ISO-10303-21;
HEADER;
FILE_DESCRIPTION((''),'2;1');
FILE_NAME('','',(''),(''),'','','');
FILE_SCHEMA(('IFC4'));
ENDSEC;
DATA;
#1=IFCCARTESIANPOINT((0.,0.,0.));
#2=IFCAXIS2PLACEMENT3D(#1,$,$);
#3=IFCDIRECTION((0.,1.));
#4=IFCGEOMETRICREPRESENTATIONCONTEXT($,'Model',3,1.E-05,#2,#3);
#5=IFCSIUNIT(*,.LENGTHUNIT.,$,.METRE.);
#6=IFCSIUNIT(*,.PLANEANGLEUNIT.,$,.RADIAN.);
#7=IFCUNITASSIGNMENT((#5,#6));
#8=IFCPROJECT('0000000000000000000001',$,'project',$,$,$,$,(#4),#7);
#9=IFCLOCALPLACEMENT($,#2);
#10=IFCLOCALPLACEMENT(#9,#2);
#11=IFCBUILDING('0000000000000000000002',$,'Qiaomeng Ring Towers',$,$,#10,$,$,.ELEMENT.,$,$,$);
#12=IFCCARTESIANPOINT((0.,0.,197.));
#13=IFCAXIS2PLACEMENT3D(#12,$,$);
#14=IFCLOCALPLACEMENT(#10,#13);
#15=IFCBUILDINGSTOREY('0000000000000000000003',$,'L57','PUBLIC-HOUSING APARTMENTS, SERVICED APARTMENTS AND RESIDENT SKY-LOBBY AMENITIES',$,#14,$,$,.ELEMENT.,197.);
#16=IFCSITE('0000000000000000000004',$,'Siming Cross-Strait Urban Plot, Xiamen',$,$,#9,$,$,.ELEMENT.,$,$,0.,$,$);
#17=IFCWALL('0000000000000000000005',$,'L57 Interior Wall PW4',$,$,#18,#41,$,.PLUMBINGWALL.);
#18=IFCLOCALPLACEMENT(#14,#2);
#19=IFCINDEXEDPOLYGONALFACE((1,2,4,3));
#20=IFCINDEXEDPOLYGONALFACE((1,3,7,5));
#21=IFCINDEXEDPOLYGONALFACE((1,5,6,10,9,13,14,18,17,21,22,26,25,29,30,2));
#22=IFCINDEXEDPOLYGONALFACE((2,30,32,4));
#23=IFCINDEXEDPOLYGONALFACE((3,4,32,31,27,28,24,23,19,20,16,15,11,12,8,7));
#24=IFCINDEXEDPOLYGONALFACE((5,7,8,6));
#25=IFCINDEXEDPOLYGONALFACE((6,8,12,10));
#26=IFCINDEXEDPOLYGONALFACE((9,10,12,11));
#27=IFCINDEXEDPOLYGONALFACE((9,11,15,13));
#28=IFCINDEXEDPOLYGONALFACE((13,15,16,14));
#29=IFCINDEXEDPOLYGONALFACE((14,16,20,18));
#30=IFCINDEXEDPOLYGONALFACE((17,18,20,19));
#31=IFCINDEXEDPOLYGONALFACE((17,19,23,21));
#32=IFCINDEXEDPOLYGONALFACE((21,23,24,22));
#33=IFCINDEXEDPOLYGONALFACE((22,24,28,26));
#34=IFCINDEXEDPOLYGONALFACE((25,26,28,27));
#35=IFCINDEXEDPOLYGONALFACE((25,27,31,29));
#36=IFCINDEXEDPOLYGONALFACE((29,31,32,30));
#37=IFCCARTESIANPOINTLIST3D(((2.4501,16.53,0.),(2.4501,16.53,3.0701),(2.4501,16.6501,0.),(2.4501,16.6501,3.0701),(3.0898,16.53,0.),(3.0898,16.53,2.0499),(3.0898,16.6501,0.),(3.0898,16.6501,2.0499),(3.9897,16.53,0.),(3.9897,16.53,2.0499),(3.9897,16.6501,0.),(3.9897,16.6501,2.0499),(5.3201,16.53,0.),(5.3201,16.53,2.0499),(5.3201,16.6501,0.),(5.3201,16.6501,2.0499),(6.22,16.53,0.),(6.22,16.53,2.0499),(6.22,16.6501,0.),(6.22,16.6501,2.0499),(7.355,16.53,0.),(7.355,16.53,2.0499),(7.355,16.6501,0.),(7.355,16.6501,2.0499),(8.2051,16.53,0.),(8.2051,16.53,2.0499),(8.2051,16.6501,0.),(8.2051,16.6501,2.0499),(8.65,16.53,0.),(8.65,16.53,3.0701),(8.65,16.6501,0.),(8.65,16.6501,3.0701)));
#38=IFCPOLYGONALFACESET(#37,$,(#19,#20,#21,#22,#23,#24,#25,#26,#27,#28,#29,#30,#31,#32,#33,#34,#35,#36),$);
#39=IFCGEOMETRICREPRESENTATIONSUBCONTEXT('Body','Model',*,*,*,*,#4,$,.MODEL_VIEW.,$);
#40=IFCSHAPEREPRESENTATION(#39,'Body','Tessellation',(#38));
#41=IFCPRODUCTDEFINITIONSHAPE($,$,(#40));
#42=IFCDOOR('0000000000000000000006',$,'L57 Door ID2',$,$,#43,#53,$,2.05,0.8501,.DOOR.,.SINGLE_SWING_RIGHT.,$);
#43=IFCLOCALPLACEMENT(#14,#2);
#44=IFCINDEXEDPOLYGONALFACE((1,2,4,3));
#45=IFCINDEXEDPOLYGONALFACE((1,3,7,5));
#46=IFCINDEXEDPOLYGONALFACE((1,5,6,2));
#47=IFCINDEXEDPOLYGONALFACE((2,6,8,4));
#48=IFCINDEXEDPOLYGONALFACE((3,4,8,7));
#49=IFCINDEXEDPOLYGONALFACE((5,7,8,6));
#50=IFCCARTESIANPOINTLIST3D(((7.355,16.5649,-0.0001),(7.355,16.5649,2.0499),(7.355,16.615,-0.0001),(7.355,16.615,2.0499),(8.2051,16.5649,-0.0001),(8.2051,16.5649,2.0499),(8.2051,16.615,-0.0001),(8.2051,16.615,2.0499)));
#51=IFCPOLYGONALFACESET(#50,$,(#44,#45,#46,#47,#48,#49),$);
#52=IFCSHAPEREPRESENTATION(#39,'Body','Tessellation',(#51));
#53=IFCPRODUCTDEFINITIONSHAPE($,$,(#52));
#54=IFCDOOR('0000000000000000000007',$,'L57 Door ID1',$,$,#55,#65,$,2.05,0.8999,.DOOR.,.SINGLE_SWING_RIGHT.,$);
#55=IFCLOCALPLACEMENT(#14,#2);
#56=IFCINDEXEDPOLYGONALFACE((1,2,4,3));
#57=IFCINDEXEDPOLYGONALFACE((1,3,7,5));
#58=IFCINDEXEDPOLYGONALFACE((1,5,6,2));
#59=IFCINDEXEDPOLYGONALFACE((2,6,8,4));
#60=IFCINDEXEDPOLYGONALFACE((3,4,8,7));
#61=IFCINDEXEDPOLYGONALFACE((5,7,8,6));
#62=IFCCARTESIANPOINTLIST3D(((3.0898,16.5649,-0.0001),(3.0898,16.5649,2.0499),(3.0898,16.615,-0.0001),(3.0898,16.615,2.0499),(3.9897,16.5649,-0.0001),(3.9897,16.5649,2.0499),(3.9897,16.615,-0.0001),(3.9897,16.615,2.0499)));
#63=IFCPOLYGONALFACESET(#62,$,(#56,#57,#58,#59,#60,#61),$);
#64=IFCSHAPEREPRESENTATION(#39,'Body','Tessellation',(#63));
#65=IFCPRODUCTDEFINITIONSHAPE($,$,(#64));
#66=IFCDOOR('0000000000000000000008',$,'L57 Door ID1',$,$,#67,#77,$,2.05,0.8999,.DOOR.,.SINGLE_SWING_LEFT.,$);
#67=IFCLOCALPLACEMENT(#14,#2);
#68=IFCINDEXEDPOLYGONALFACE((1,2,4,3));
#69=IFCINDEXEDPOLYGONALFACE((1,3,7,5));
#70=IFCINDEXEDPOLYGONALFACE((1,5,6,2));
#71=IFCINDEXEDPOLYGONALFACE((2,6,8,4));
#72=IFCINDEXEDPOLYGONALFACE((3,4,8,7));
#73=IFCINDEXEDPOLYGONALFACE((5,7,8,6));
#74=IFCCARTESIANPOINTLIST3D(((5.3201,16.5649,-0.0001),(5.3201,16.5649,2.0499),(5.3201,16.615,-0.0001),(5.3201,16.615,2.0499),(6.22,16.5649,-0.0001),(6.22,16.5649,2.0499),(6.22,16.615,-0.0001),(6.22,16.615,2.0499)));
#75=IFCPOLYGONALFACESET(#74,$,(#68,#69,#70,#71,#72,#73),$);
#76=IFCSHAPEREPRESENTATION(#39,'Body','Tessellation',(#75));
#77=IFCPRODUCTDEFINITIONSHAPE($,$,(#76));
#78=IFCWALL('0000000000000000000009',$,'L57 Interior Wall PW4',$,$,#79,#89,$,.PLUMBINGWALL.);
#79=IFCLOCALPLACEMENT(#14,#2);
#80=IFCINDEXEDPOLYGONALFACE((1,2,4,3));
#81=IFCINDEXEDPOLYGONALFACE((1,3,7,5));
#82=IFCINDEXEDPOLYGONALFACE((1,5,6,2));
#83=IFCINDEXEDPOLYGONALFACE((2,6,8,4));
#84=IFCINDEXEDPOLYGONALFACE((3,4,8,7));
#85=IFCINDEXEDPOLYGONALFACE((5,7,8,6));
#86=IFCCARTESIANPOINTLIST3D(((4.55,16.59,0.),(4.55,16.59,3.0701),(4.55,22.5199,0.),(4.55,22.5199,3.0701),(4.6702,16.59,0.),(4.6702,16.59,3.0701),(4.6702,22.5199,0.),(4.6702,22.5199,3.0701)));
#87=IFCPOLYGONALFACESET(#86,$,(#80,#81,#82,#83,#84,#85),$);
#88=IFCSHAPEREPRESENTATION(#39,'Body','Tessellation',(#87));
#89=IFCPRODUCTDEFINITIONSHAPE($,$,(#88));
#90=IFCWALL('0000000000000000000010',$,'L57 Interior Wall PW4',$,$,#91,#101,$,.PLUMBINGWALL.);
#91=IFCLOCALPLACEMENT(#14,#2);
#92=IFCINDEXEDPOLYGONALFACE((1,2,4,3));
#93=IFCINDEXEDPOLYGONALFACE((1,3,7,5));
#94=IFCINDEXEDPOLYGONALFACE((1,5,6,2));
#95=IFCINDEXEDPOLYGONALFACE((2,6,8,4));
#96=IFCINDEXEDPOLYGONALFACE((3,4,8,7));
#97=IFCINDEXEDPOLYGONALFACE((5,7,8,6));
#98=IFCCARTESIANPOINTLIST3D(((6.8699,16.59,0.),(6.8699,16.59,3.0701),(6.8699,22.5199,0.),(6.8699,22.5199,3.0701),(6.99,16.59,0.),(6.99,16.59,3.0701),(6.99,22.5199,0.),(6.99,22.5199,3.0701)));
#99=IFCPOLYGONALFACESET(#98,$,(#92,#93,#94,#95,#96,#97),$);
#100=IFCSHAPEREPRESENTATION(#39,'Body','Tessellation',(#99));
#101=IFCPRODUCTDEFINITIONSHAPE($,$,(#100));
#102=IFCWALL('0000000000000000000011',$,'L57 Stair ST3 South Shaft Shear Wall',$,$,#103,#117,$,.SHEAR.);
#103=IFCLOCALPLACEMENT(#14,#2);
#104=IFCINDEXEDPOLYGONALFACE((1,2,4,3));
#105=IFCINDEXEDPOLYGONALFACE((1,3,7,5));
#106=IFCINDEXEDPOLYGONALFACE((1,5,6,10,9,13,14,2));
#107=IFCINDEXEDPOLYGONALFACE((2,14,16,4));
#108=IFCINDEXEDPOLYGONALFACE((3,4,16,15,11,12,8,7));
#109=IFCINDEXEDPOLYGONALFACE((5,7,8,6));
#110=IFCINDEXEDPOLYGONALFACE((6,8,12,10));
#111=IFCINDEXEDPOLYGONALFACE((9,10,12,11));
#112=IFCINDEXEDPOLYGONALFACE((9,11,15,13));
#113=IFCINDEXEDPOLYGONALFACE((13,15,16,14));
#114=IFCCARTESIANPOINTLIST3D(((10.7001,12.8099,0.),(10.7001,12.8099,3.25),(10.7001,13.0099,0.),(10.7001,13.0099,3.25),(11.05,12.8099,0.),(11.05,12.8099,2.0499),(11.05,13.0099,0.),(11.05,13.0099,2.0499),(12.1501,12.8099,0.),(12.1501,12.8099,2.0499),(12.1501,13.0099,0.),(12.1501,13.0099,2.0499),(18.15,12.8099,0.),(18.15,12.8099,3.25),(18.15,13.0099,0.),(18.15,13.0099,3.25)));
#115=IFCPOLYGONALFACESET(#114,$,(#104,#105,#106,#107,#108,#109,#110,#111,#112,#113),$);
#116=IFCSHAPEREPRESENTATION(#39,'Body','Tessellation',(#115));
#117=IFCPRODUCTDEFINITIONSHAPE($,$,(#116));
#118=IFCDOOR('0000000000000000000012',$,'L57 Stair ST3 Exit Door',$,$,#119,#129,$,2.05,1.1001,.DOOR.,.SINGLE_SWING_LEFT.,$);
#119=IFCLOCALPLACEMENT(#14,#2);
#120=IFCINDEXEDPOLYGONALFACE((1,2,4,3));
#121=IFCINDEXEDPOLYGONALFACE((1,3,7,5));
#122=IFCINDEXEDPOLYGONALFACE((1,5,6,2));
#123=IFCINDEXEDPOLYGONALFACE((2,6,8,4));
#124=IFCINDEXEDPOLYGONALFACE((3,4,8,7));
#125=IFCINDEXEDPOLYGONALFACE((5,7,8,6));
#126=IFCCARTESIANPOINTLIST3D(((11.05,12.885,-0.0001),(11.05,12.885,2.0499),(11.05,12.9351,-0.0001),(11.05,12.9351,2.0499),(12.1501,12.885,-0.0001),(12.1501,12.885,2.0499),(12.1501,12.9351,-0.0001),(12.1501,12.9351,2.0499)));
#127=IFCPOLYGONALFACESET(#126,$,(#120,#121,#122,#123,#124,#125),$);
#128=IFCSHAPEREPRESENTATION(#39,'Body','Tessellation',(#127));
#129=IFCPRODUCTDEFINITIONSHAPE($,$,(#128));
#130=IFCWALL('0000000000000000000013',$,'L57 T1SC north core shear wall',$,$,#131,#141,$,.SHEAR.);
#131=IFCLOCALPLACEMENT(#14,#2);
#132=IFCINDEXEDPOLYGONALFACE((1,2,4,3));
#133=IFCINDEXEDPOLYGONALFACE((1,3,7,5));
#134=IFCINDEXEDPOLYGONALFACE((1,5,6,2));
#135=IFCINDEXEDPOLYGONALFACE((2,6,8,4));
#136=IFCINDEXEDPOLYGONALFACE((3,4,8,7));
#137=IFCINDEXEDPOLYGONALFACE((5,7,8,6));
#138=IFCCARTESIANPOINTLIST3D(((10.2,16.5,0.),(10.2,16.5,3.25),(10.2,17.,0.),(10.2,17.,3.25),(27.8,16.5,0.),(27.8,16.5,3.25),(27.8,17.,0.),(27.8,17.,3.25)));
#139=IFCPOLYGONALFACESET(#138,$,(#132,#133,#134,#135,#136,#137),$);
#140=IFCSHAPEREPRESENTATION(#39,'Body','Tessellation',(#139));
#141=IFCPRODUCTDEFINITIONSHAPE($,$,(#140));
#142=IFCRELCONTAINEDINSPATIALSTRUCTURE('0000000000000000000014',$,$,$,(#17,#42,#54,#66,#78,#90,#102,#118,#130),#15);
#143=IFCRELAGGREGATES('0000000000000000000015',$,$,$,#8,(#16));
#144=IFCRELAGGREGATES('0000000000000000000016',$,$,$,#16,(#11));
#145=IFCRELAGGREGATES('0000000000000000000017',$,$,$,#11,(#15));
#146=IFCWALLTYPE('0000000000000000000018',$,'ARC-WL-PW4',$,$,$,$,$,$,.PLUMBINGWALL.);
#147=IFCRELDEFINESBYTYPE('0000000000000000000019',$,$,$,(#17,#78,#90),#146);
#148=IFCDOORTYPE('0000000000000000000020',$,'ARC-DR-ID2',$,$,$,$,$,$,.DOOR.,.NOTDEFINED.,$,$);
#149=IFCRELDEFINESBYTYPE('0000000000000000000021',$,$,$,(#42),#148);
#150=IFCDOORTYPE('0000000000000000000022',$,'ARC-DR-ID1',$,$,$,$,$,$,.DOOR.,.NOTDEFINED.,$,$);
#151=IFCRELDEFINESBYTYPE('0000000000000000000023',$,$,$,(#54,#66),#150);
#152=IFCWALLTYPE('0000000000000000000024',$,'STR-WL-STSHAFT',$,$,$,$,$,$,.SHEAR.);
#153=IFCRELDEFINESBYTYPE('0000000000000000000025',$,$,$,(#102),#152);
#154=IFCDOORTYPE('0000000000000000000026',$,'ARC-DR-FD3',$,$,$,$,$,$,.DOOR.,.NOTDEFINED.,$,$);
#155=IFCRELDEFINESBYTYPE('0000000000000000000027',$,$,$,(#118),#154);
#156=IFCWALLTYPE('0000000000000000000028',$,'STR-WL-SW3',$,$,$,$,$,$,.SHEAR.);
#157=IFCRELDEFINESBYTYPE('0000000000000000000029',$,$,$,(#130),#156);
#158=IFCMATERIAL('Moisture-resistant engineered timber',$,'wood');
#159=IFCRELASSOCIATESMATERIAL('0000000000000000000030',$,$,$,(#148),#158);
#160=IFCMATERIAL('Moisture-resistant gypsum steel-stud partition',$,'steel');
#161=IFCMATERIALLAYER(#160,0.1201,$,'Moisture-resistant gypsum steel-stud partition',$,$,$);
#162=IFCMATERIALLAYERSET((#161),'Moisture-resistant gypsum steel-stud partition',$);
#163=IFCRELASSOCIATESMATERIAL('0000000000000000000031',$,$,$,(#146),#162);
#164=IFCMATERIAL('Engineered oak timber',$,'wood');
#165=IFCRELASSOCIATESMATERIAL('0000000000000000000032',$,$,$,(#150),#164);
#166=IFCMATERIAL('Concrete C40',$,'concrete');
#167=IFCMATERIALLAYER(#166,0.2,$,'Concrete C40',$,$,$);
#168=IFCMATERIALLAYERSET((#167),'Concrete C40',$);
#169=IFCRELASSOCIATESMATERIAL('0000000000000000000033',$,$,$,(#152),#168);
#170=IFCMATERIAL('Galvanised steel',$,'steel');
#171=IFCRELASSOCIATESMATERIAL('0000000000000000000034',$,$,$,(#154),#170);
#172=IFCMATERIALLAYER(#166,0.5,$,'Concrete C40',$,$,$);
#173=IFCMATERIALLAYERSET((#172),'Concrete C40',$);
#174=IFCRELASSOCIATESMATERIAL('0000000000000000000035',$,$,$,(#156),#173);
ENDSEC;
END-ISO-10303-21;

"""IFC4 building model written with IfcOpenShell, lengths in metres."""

from ifc_helpers import new_model, si_unit, direction, frame, frame_2d, origin, place, context, subcontext, project, spatial, rectangle, extrude, source, transform, mapped, material, layer, layer_set, type_object, element, fill, save


model = new_model("IFC4")

# Units and contexts
model_context = context("Model", 3, precision=1e-05, world=origin(), true_north=direction((0.0, 1.0)))
body_context = subcontext(model_context, "Body", "Model", "MODEL_VIEW")
ifc_project = project(units=[si_unit("LENGTHUNIT", "METRE"), si_unit("PLANEANGLEUNIT", "RADIAN")], contexts=[model_context])

# Site, building, storey
site_placement = place(None, origin())
site = spatial("IfcSite", under=ifc_project, at=site_placement, Name="Siming Cross-Strait Urban Plot, Xiamen", CompositionType="ELEMENT", RefElevation=0.0)
building_placement = place(site_placement, origin())
building = spatial("IfcBuilding", under=site, at=building_placement, Name="Qiaomeng Ring Towers", CompositionType="ELEMENT")
storey_placement = place(building_placement, frame((0.0, 0.0, 197.0)))
storey = spatial("IfcBuildingStorey", under=building, at=storey_placement, Name="L57", Description="PUBLIC-HOUSING APARTMENTS, SERVICED APARTMENTS AND RESIDENT SKY-LOBBY AMENITIES", CompositionType="ELEMENT", Elevation=197.0)

# Shared definitions
ifc_material_1 = material(Name="Concrete C40", Category="concrete")

# Shared definitions
ifc_material_2 = material(Name="Moisture-resistant engineered timber", Category="wood")
door_type_1 = type_object("IfcDoorType", Name="ARC-DR-ID2", OperationType="NOTDEFINED", PredefinedType="DOOR", material=ifc_material_2)
shared_shape_1 = source(origin(), body_context, "Body", "SweptSolid", [
    extrude(rectangle(XDim=0.8501, YDim=2.05, at=frame_2d((0.425, 1.0249))), frame((0.0, 0.0249, 0.0), z_axis=(0.0, -1.0, 0.0), x_axis=(1.0, 0.0, 0.0)), (0.0, 0.0, 1.0), 0.05),
])

# Wall, openings, doors
ifc_material_3 = material(Name="Moisture-resistant gypsum steel-stud partition", Category="steel")
ifc_layer_1 = layer(ifc_material_3, 0.1201, Name="Moisture-resistant gypsum steel-stud partition")
ifc_layer_set_1 = layer_set([ifc_layer_1], Name="Moisture-resistant gypsum steel-stud partition")
wall_type_1 = type_object("IfcWallType", Name="ARC-WL-PW4", PredefinedType="PLUMBINGWALL", material=ifc_layer_set_1)
wall_1_placement = place(storey_placement, frame((2.45, 16.5901, 0.0), z_axis=(0.0, 0.0, 1.0), x_axis=(1.0, 0.0, 0.0)))
wall_1 = element("IfcWall", 1, at=wall_1_placement, inside=storey, type_object=wall_type_1, Name="L57 Interior Wall PW4", PredefinedType="PLUMBINGWALL", context=body_context, shape_type="SweptSolid", body=[
    extrude(rectangle(XDim=6.2, YDim=0.1201, at=frame_2d((3.1001, 0.0))), origin(), (0.0, 0.0, 1.0), 3.0701),
])
opening_1_placement = place(wall_1_placement, frame((0.6399, 0.0, 0.0)))
opening_1 = element("IfcOpeningElement", 2, at=opening_1_placement, cuts=wall_1, PredefinedType="OPENING", context=body_context, shape_type="SweptSolid", body=[
    extrude(rectangle(XDim=0.8999, YDim=2.05, at=frame_2d((0.45, 1.0249))), frame((0.0, 0.0701, 0.0), z_axis=(0.0, -1.0, 0.0), x_axis=(1.0, 0.0, 0.0)), (0.0, 0.0, 1.0), 0.1401),
])
opening_2_placement = place(wall_1_placement, frame((2.8701, 0.0, 0.0)))
opening_2 = element("IfcOpeningElement", 3, at=opening_2_placement, cuts=wall_1, PredefinedType="OPENING", context=body_context, shape_type="SweptSolid", body=[
    extrude(rectangle(XDim=0.8999, YDim=2.05, at=frame_2d((0.45, 1.0249))), frame((0.0, 0.0701, 0.0), z_axis=(0.0, -1.0, 0.0), x_axis=(1.0, 0.0, 0.0)), (0.0, 0.0, 1.0), 0.1401),
])
opening_3_placement = place(wall_1_placement, frame((4.905, 0.0, 0.0)))
opening_3 = element("IfcOpeningElement", 4, at=opening_3_placement, cuts=wall_1, PredefinedType="OPENING", context=body_context, shape_type="SweptSolid", body=[
    extrude(rectangle(XDim=0.8501, YDim=2.05, at=frame_2d((0.425, 1.0249))), frame((0.0, 0.0701, 0.0), z_axis=(0.0, -1.0, 0.0), x_axis=(1.0, 0.0, 0.0)), (0.0, 0.0, 1.0), 0.1401),
])
door_1_placement = place(opening_3_placement, origin())
door_1 = element("IfcDoor", 5, at=door_1_placement, inside=storey, type_object=door_type_1, Name="L57 Door ID2", OperationType="SINGLE_SWING_RIGHT", OverallHeight=2.05, OverallWidth=0.8501, PredefinedType="DOOR", context=body_context, shape_type="MappedRepresentation", body=[
    mapped(shared_shape_1, transform((0.0, 0.0, 0.0), x_axis=(1.0, 0.0, 0.0), y_axis=(0.0, 1.0, 0.0), z_axis=(0.0, 0.0, 1.0), scale=1.0)),
])
fill(opening_3, door_1)
ifc_material_4 = material(Name="Engineered oak timber", Category="wood")
door_type_2 = type_object("IfcDoorType", Name="ARC-DR-ID1", OperationType="NOTDEFINED", PredefinedType="DOOR", material=ifc_material_4)
shared_shape_2 = source(origin(), body_context, "Body", "SweptSolid", [
    extrude(rectangle(XDim=0.8999, YDim=2.05, at=frame_2d((0.45, 1.0249))), frame((0.0, 0.0249, 0.0), z_axis=(0.0, -1.0, 0.0), x_axis=(1.0, 0.0, 0.0)), (0.0, 0.0, 1.0), 0.05),
])
door_2_placement = place(opening_1_placement, origin())
door_2 = element("IfcDoor", 6, at=door_2_placement, inside=storey, type_object=door_type_2, Name="L57 Door ID1", OperationType="SINGLE_SWING_RIGHT", OverallHeight=2.05, OverallWidth=0.8999, PredefinedType="DOOR", context=body_context, shape_type="MappedRepresentation", body=[
    mapped(shared_shape_2, transform((0.0, 0.0, 0.0), x_axis=(1.0, 0.0, 0.0), y_axis=(0.0, 1.0, 0.0), z_axis=(0.0, 0.0, 1.0), scale=1.0)),
])
fill(opening_1, door_2)
door_3_placement = place(opening_2_placement, origin())
door_3 = element("IfcDoor", 7, at=door_3_placement, inside=storey, type_object=door_type_2, Name="L57 Door ID1", OperationType="SINGLE_SWING_LEFT", OverallHeight=2.05, OverallWidth=0.8999, PredefinedType="DOOR", context=body_context, shape_type="MappedRepresentation", body=[
    mapped(shared_shape_2, transform((0.0, 0.0, 0.0), x_axis=(1.0, 0.0, 0.0), y_axis=(0.0, 1.0, 0.0), z_axis=(0.0, 0.0, 1.0), scale=1.0)),
])
fill(opening_2, door_3)

# Walls
for number, where, z_axis, x_axis, name in (
    (8, (4.6101, 16.5901, 0.0), (0.0, 0.0, 1.0), (0.0, 1.0, 0.0), "L57 Interior Wall PW4"),
    (9, (6.9299, 16.5901, 0.0), (0.0, 0.0, 1.0), (0.0, 1.0, 0.0), "L57 Interior Wall PW4"),
):
    element("IfcWall", number, at=place(storey_placement, frame(where, z_axis=z_axis, x_axis=x_axis)), inside=storey, type_object=wall_type_1, Name=name, PredefinedType="PLUMBINGWALL", context=body_context, shape_type="SweptSolid", body=[
        extrude(rectangle(XDim=5.9299, YDim=0.1201, at=frame_2d((2.9648, 0.0))), origin(), (0.0, 0.0, 1.0), 3.0701),
    ])

# Wall, opening, door
ifc_layer_2 = layer(ifc_material_1, 0.2, Name="Concrete C40")
ifc_layer_set_2 = layer_set([ifc_layer_2], Name="Concrete C40")
wall_type_2 = type_object("IfcWallType", Name="STR-WL-STSHAFT", PredefinedType="SHEAR", material=ifc_layer_set_2)
wall_2_placement = place(storey_placement, frame((10.7, 12.9099, 0.0), z_axis=(0.0, 0.0, 1.0), x_axis=(1.0, 0.0, 0.0)))
wall_2 = element("IfcWall", 10, at=wall_2_placement, inside=storey, type_object=wall_type_2, Name="L57 Stair ST3 South Shaft Shear Wall", PredefinedType="SHEAR", context=body_context, shape_type="SweptSolid", body=[
    extrude(rectangle(XDim=7.45, YDim=0.2, at=frame_2d((3.7251, 0.0))), origin(), (0.0, 0.0, 1.0), 3.25),
])
opening_4_placement = place(wall_2_placement, frame((0.3501, 0.0, 0.0)))
opening_4 = element("IfcOpeningElement", 11, at=opening_4_placement, cuts=wall_2, PredefinedType="OPENING", context=body_context, shape_type="SweptSolid", body=[
    extrude(rectangle(XDim=1.1001, YDim=2.05, at=frame_2d((0.55, 1.0249))), frame((0.0, 0.1099, 0.0), z_axis=(0.0, -1.0, 0.0), x_axis=(1.0, 0.0, 0.0)), (0.0, 0.0, 1.0), 0.22),
])
ifc_material_5 = material(Name="Galvanised steel", Category="steel")
door_type_3 = type_object("IfcDoorType", Name="ARC-DR-FD3", OperationType="NOTDEFINED", PredefinedType="DOOR", material=ifc_material_5)
shared_shape_3 = source(origin(), body_context, "Body", "SweptSolid", [
    extrude(rectangle(XDim=1.1001, YDim=2.05, at=frame_2d((0.55, 1.0249))), frame((0.0, 0.0249, 0.0), z_axis=(0.0, -1.0, 0.0), x_axis=(1.0, 0.0, 0.0)), (0.0, 0.0, 1.0), 0.05),
])
door_4_placement = place(opening_4_placement, frame((1.1001, 0.0, 0.0), z_axis=(0.0, 0.0, 1.0), x_axis=(-1.0, 0.0, 0.0)))
door_4 = element("IfcDoor", 12, at=door_4_placement, inside=storey, type_object=door_type_3, Name="L57 Stair ST3 Exit Door", OperationType="SINGLE_SWING_LEFT", OverallHeight=2.05, OverallWidth=1.1001, PredefinedType="DOOR", context=body_context, shape_type="MappedRepresentation", body=[
    mapped(shared_shape_3, transform((0.0, 0.0, 0.0), x_axis=(1.0, 0.0, 0.0), y_axis=(0.0, 1.0, 0.0), z_axis=(0.0, 0.0, 1.0), scale=1.0)),
])
fill(opening_4, door_4)

# Wall
ifc_layer_3 = layer(ifc_material_1, 0.5, Name="Concrete C40")
ifc_layer_set_3 = layer_set([ifc_layer_3], Name="Concrete C40")
wall_type_3 = type_object("IfcWallType", Name="STR-WL-SW3", PredefinedType="SHEAR", material=ifc_layer_set_3)
wall_3_placement = place(storey_placement, frame((10.2, 16.75, 0.0), z_axis=(0.0, 0.0, 1.0), x_axis=(1.0, 0.0, 0.0)))
element("IfcWall", 13, at=wall_3_placement, inside=storey, type_object=wall_type_3, Name="L57 T1SC north core shear wall", PredefinedType="SHEAR", context=body_context, shape_type="SweptSolid", body=[
    extrude(rectangle(XDim=17.6001, YDim=0.5, at=frame_2d((8.8, 0.0))), origin(), (0.0, 0.0, 1.0), 3.25),
])

save(model, "model.ifc")
